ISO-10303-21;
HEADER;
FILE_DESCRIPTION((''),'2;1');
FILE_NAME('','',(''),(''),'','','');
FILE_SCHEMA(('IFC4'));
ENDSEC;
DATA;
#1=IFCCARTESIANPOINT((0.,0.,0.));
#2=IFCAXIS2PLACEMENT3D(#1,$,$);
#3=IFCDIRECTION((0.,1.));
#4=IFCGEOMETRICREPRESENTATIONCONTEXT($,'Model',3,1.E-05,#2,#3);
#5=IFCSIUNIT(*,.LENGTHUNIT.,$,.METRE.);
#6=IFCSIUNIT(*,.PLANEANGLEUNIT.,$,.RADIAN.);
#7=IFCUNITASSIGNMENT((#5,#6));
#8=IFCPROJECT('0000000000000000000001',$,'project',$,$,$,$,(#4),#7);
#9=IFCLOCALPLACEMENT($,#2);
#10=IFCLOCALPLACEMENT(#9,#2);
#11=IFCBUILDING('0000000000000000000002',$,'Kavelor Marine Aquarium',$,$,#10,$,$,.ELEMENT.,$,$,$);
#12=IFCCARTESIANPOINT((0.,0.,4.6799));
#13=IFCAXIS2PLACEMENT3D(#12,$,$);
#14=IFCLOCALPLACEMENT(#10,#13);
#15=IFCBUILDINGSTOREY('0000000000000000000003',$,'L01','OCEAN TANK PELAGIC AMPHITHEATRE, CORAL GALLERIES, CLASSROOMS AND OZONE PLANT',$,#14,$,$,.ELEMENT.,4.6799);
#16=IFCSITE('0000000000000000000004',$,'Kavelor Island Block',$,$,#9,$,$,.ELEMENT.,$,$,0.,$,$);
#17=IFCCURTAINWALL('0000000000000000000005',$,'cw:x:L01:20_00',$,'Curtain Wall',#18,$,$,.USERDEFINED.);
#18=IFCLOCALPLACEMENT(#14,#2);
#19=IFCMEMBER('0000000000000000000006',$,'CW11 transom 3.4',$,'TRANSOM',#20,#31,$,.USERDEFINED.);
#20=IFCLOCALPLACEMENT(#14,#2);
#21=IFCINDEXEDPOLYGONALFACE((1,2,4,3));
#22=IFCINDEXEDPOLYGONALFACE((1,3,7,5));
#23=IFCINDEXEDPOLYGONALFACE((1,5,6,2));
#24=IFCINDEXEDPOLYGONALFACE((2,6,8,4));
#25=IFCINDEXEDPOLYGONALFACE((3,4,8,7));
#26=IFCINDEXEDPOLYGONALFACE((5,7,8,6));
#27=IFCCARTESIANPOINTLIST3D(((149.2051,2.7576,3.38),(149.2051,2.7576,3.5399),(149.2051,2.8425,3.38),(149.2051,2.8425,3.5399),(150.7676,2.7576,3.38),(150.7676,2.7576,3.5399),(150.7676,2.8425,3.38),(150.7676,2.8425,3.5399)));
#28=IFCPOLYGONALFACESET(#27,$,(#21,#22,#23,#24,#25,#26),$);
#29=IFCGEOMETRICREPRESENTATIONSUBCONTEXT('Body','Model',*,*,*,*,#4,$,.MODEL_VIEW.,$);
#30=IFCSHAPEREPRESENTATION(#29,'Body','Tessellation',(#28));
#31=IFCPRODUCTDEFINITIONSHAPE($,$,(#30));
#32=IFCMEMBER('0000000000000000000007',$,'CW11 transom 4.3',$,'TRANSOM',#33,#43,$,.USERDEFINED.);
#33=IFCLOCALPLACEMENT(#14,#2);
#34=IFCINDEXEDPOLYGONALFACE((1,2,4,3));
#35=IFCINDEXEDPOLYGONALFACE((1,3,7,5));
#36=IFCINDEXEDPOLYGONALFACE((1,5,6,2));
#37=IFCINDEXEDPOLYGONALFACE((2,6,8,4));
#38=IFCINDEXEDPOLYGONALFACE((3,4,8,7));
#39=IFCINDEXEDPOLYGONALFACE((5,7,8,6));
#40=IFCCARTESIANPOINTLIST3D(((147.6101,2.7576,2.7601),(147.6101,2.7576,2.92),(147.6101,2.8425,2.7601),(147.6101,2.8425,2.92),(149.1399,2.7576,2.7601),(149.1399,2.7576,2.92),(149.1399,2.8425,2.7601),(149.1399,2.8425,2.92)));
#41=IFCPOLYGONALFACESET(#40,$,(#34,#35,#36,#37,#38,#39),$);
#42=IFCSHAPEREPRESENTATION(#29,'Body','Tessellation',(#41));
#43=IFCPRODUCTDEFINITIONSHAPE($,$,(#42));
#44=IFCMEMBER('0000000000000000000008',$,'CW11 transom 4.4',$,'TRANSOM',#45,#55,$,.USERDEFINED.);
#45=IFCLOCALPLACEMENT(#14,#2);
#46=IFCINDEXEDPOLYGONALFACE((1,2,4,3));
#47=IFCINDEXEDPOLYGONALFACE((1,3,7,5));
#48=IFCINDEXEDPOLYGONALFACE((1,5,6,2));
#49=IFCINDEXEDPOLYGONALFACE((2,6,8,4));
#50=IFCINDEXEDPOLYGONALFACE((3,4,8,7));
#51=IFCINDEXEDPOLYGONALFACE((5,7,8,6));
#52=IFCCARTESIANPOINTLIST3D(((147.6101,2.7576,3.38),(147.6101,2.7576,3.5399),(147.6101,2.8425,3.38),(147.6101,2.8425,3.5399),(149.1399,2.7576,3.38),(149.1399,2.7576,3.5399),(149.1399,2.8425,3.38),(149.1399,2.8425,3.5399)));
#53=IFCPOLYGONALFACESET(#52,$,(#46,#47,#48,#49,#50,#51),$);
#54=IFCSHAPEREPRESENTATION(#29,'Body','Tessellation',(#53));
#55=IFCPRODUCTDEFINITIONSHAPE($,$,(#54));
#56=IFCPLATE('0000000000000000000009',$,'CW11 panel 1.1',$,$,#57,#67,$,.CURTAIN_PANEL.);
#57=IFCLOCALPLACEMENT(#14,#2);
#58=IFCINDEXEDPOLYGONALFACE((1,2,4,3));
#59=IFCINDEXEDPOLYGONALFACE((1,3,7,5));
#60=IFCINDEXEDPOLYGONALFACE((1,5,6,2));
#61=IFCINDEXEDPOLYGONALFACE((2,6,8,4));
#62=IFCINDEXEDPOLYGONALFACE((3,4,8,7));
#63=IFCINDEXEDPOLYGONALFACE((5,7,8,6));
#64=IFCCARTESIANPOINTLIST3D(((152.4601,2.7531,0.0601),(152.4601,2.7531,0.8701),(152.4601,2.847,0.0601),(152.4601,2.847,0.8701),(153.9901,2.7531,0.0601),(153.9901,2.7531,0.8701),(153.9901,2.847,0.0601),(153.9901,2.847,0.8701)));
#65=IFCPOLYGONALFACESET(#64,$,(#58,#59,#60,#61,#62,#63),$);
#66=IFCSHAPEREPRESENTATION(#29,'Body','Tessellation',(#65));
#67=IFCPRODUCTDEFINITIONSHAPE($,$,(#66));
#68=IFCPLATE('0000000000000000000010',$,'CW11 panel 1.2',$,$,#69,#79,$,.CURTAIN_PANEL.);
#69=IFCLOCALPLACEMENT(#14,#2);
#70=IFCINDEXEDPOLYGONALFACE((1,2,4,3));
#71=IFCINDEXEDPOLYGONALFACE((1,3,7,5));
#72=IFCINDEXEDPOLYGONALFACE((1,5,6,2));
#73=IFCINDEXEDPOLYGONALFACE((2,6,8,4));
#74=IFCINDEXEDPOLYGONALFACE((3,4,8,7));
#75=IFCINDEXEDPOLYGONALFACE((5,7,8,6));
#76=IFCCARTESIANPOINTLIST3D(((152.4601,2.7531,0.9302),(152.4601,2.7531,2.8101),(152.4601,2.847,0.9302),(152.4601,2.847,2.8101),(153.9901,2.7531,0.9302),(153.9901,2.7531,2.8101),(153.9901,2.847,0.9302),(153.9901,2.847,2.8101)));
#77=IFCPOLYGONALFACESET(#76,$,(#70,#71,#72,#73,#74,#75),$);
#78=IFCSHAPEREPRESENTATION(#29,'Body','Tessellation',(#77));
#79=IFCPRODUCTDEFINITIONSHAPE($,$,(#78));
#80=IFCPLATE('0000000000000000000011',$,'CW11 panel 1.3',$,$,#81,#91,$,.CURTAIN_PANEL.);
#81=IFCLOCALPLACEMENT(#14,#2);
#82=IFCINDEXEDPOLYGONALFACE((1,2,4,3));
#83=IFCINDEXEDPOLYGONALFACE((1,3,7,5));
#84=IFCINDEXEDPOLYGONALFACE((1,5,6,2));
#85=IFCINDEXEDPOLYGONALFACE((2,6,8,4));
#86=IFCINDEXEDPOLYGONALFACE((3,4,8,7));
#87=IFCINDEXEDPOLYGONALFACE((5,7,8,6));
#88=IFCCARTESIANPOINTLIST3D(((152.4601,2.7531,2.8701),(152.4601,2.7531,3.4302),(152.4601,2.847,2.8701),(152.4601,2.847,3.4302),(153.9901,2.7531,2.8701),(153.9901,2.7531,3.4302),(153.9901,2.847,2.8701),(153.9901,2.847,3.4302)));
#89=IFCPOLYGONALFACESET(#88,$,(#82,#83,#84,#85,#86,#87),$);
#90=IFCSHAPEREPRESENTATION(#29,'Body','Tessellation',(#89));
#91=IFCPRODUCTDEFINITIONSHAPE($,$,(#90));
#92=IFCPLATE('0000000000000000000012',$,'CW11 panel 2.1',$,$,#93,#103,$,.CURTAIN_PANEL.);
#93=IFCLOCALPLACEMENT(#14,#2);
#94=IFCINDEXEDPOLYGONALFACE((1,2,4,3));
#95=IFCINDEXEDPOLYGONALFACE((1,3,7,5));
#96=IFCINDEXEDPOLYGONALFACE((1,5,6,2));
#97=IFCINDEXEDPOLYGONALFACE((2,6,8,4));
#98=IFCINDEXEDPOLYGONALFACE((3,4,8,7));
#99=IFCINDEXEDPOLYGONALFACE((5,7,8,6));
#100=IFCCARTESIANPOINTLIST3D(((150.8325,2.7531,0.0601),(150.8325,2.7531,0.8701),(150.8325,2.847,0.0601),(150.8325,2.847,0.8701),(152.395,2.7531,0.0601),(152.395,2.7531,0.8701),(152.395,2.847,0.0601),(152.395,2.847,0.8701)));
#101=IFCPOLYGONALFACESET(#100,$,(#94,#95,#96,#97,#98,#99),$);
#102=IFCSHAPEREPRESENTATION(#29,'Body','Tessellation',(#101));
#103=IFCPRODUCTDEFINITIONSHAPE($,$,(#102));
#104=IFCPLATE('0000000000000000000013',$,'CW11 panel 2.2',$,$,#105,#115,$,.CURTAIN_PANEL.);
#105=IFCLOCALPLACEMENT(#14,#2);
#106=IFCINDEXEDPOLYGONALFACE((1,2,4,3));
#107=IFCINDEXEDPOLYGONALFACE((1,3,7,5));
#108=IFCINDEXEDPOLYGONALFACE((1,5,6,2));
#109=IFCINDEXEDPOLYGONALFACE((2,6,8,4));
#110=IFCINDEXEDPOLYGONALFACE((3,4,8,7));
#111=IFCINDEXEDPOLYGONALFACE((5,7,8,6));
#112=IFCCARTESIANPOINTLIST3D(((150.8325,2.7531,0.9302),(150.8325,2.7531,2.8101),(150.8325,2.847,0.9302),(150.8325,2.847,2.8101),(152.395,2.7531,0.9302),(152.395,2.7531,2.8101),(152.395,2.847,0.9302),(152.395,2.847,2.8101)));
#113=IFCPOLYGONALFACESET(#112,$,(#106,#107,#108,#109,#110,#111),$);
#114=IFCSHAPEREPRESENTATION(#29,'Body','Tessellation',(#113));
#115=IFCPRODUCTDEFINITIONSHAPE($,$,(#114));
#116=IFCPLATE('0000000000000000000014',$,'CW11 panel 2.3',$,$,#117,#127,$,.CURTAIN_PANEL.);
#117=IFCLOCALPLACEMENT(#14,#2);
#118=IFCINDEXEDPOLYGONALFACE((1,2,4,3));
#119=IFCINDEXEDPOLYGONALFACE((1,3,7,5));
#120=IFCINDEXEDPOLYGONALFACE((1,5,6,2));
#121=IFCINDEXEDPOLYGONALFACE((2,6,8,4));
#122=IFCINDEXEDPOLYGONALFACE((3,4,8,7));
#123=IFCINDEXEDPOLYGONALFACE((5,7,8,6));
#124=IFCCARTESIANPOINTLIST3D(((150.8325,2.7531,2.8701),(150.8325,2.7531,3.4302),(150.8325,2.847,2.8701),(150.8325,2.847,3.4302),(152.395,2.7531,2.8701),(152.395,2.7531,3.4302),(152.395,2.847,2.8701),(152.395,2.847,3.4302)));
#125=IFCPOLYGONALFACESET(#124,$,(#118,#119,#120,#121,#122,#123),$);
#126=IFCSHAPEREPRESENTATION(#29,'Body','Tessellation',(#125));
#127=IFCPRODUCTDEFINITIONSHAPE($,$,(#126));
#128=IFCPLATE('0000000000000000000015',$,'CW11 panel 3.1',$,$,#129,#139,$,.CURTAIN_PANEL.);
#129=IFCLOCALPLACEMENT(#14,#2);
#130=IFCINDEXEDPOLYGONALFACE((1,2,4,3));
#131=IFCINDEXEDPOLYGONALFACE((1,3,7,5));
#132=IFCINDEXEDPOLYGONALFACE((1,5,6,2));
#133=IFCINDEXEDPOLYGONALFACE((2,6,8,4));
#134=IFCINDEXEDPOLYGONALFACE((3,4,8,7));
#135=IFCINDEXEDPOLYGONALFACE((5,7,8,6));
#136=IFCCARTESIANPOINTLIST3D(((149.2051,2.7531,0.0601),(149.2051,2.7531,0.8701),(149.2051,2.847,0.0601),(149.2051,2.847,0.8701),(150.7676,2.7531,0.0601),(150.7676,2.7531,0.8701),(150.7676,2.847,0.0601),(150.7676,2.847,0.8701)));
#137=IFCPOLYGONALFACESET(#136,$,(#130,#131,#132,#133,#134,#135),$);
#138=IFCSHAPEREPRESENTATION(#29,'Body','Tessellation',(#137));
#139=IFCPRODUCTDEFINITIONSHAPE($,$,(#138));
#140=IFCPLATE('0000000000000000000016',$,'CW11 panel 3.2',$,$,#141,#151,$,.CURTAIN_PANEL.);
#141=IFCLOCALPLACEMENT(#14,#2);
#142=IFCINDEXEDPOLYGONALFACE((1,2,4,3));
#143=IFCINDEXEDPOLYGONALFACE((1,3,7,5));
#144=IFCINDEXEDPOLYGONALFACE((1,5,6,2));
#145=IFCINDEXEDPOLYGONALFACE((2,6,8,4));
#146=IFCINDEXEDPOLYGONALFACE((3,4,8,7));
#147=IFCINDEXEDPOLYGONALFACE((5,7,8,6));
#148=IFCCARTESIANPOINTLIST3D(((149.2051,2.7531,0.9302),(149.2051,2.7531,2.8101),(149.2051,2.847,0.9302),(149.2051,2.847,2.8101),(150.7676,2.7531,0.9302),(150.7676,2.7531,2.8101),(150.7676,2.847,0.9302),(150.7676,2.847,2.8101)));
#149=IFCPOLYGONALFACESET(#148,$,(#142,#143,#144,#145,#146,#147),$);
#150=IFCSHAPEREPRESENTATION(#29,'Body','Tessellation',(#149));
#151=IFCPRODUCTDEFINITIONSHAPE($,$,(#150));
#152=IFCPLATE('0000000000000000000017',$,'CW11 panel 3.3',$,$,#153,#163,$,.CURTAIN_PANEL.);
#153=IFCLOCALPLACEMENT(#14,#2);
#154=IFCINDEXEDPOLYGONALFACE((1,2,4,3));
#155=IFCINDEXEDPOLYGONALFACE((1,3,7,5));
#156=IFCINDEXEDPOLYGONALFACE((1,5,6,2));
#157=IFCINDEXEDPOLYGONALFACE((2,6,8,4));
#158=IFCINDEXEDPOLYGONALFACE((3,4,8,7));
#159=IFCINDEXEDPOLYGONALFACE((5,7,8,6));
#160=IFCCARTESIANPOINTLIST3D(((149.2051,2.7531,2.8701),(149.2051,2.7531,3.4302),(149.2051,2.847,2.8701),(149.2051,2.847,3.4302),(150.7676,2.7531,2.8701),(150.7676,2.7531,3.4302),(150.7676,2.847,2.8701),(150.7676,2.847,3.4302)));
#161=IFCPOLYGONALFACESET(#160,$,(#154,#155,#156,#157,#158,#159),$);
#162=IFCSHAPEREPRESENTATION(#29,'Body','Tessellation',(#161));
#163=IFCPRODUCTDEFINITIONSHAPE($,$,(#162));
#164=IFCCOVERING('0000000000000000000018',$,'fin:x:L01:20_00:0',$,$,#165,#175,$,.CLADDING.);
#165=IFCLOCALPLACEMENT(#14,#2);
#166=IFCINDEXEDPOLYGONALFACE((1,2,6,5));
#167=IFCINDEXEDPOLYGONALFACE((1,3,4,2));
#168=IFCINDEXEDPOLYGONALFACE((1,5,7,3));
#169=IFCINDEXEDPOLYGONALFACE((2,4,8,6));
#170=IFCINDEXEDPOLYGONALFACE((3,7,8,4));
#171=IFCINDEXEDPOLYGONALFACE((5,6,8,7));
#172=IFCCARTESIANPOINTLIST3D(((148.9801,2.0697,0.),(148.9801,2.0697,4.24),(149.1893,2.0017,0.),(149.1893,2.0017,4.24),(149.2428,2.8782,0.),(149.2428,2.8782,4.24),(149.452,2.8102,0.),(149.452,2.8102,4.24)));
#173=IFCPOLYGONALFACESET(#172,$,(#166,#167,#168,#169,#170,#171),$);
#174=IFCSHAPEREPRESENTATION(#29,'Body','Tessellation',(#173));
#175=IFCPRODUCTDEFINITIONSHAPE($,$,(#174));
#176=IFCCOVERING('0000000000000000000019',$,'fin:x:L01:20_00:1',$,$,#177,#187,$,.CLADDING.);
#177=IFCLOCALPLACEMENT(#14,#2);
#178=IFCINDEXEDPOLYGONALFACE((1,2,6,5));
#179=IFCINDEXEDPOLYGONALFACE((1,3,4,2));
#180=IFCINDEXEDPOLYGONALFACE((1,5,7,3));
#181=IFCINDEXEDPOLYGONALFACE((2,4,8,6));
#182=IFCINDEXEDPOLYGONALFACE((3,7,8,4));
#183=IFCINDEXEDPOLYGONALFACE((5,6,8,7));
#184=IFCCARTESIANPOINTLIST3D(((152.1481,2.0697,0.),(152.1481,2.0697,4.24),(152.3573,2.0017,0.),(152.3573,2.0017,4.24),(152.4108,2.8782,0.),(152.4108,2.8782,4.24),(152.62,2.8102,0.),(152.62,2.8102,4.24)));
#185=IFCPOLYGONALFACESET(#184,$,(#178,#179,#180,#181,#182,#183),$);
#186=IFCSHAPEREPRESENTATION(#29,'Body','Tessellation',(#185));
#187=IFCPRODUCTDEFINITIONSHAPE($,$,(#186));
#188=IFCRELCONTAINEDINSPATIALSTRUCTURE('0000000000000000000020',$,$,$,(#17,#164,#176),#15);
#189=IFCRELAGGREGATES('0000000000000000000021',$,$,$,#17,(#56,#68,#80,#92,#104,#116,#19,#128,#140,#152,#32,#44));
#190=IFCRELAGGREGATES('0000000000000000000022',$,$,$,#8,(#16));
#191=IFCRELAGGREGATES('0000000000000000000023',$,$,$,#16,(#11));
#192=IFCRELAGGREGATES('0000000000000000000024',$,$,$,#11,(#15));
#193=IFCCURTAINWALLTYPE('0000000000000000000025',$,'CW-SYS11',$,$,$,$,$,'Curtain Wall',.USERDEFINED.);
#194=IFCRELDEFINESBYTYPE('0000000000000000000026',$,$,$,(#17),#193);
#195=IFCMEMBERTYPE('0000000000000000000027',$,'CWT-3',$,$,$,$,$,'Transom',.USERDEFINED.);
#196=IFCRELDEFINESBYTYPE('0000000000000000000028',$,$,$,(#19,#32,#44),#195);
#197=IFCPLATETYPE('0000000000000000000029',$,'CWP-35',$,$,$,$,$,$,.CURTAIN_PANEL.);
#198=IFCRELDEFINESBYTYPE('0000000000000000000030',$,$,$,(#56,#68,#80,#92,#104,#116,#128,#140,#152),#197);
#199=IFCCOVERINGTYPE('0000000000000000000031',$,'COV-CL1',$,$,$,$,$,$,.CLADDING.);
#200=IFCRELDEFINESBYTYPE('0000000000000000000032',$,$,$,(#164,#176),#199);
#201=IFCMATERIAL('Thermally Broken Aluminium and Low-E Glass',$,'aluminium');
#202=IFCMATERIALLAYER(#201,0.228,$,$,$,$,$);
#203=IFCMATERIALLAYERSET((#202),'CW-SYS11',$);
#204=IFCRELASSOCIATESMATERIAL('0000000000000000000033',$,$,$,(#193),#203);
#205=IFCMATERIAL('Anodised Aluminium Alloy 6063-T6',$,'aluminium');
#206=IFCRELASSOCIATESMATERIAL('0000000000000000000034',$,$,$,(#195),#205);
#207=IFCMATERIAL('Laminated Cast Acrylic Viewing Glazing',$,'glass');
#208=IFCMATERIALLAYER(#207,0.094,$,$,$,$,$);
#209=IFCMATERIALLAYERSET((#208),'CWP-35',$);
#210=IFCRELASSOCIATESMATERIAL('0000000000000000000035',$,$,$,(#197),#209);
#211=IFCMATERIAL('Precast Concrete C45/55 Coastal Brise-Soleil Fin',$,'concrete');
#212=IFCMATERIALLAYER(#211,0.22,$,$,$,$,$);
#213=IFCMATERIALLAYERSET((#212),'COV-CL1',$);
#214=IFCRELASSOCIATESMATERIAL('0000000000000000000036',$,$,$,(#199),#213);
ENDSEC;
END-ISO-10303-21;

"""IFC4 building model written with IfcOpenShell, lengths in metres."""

from ifc_helpers import new_model, si_unit, direction, frame, origin, origin_2d, place, context, subcontext, project, spatial, rectangle, extrude, material, layer, layer_set, material_profile, profile_set, type_object, element, aggregate, save


model = new_model("IFC4")

# Units and contexts
model_context = context("Model", 3, precision=1e-05, world=origin(), true_north=direction((0.0, 1.0)))
body_context = subcontext(model_context, "Body", "Model", "MODEL_VIEW")
ifc_project = project(units=[si_unit("LENGTHUNIT", "METRE"), si_unit("PLANEANGLEUNIT", "RADIAN")], contexts=[model_context])

# Site, building, storey
site_placement = place(None, origin())
site = spatial("IfcSite", under=ifc_project, at=site_placement, Name="Kavelor Island Block", CompositionType="ELEMENT", RefElevation=0.0)
building_placement = place(site_placement, origin())
building = spatial("IfcBuilding", under=site, at=building_placement, Name="Kavelor Marine Aquarium", CompositionType="ELEMENT")
storey_placement = place(building_placement, frame((0.0, 0.0, 4.6799)))
storey = spatial("IfcBuildingStorey", under=building, at=storey_placement, Name="L01", Description="OCEAN TANK PELAGIC AMPHITHEATRE, CORAL GALLERIES, CLASSROOMS AND OZONE PLANT", CompositionType="ELEMENT", Elevation=4.6799)

# Curtain wall, members, plates
ifc_material_1 = material(Name="Thermally Broken Aluminium and Low-E Glass", Category="aluminium")
ifc_layer_1 = layer(ifc_material_1, 0.228)
ifc_layer_set_1 = layer_set([ifc_layer_1], Name="CW-SYS11")
curtain_wall_type = type_object("IfcCurtainWallType", Name="CW-SYS11", ElementType="Curtain Wall", PredefinedType="USERDEFINED", material=ifc_layer_set_1)
curtain_wall_placement = place(storey_placement, origin())
curtain_wall = element("IfcCurtainWall", 1, at=curtain_wall_placement, inside=storey, type_object=curtain_wall_type, Name="cw:x:L01:20_00", ObjectType="Curtain Wall", PredefinedType="USERDEFINED")
ifc_material_2 = material(Name="Anodised Aluminium Alloy 6063-T6", Category="aluminium")
ifc_material_profile_1 = material_profile(ifc_material_2, rectangle(XDim=0.085, YDim=0.1599, at=origin_2d()), Name="CW-TRN 85x160")
ifc_profile_set_1 = profile_set([ifc_material_profile_1], Name="Anodised Aluminium Alloy 6063-T6")
member_type_1 = type_object("IfcMemberType", Name="CWT-3", ElementType="Transom", PredefinedType="USERDEFINED", material=ifc_profile_set_1)
member_1_placement = place(storey_placement, frame((150.7676, 2.8, 3.46), z_axis=(-1.0, 0.0, 0.0), x_axis=(0.0, -1.0, 0.0)))
member_1 = element("IfcMember", 2, at=member_1_placement, type_object=member_type_1, Name="CW11 transom 3.4", ObjectType="TRANSOM", PredefinedType="USERDEFINED", context=body_context, shape_type="SweptSolid", body=[
    extrude(rectangle(XDim=0.085, YDim=0.1599, at=origin_2d()), origin(), (0.0, 0.0, 1.0), 1.5625),
])
member_2_placement = place(storey_placement, frame((149.1399, 2.8, 2.8401), z_axis=(-1.0, 0.0, 0.0), x_axis=(0.0, -1.0, 0.0)))
member_2 = element("IfcMember", 3, at=member_2_placement, type_object=member_type_1, Name="CW11 transom 4.3", ObjectType="TRANSOM", PredefinedType="USERDEFINED", context=body_context, shape_type="SweptSolid", body=[
    extrude(rectangle(XDim=0.085, YDim=0.1599, at=origin_2d()), origin(), (0.0, 0.0, 1.0), 1.5298),
])
member_3_placement = place(storey_placement, frame((149.1399, 2.8, 3.46), z_axis=(-1.0, 0.0, 0.0), x_axis=(0.0, -1.0, 0.0)))
member_3 = element("IfcMember", 4, at=member_3_placement, type_object=member_type_1, Name="CW11 transom 4.4", ObjectType="TRANSOM", PredefinedType="USERDEFINED", context=body_context, shape_type="SweptSolid", body=[
    extrude(rectangle(XDim=0.085, YDim=0.1599, at=origin_2d()), origin(), (0.0, 0.0, 1.0), 1.5298),
])
ifc_material_3 = material(Name="Laminated Cast Acrylic Viewing Glazing", Category="glass")
ifc_layer_2 = layer(ifc_material_3, 0.094)
ifc_layer_set_2 = layer_set([ifc_layer_2], Name="CWP-35")
plate_type = type_object("IfcPlateType", Name="CWP-35", PredefinedType="CURTAIN_PANEL", material=ifc_layer_set_2)
plate_1_placement = place(storey_placement, frame((153.2251, 2.8, 0.0601), z_axis=(0.0, 0.0, 1.0), x_axis=(-1.0, 0.0, 0.0)))
plate_1 = element("IfcPlate", 5, at=plate_1_placement, type_object=plate_type, Name="CW11 panel 1.1", PredefinedType="CURTAIN_PANEL", context=body_context, shape_type="SweptSolid", body=[
    extrude(rectangle(XDim=1.53, YDim=0.094, at=origin_2d()), origin(), (0.0, 0.0, 1.0), 0.8101),
])
plate_2_placement = place(storey_placement, frame((153.2251, 2.8, 0.9302), z_axis=(0.0, 0.0, 1.0), x_axis=(-1.0, 0.0, 0.0)))
plate_2 = element("IfcPlate", 6, at=plate_2_placement, type_object=plate_type, Name="CW11 panel 1.2", PredefinedType="CURTAIN_PANEL", context=body_context, shape_type="SweptSolid", body=[
    extrude(rectangle(XDim=1.53, YDim=0.094, at=origin_2d()), origin(), (0.0, 0.0, 1.0), 1.8799),
])
plate_3_placement = place(storey_placement, frame((153.2251, 2.8, 2.8701), z_axis=(0.0, 0.0, 1.0), x_axis=(-1.0, 0.0, 0.0)))
plate_3 = element("IfcPlate", 7, at=plate_3_placement, type_object=plate_type, Name="CW11 panel 1.3", PredefinedType="CURTAIN_PANEL", context=body_context, shape_type="SweptSolid", body=[
    extrude(rectangle(XDim=1.53, YDim=0.094, at=origin_2d()), origin(), (0.0, 0.0, 1.0), 0.5601),
])
plate_4_placement = place(storey_placement, frame((151.6138, 2.8, 0.0601), z_axis=(0.0, 0.0, 1.0), x_axis=(-1.0, 0.0, 0.0)))
plate_4 = element("IfcPlate", 8, at=plate_4_placement, type_object=plate_type, Name="CW11 panel 2.1", PredefinedType="CURTAIN_PANEL", context=body_context, shape_type="SweptSolid", body=[
    extrude(rectangle(XDim=1.5625, YDim=0.094, at=origin_2d()), origin(), (0.0, 0.0, 1.0), 0.8101),
])
plate_5_placement = place(storey_placement, frame((151.6138, 2.8, 0.9302), z_axis=(0.0, 0.0, 1.0), x_axis=(-1.0, 0.0, 0.0)))
plate_5 = element("IfcPlate", 9, at=plate_5_placement, type_object=plate_type, Name="CW11 panel 2.2", PredefinedType="CURTAIN_PANEL", context=body_context, shape_type="SweptSolid", body=[
    extrude(rectangle(XDim=1.5625, YDim=0.094, at=origin_2d()), origin(), (0.0, 0.0, 1.0), 1.8799),
])
plate_6_placement = place(storey_placement, frame((151.6138, 2.8, 2.8701), z_axis=(0.0, 0.0, 1.0), x_axis=(-1.0, 0.0, 0.0)))
plate_6 = element("IfcPlate", 10, at=plate_6_placement, type_object=plate_type, Name="CW11 panel 2.3", PredefinedType="CURTAIN_PANEL", context=body_context, shape_type="SweptSolid", body=[
    extrude(rectangle(XDim=1.5625, YDim=0.094, at=origin_2d()), origin(), (0.0, 0.0, 1.0), 0.5601),
])
plate_7_placement = place(storey_placement, frame((149.9863, 2.8, 0.0601), z_axis=(0.0, 0.0, 1.0), x_axis=(-1.0, 0.0, 0.0)))
plate_7 = element("IfcPlate", 11, at=plate_7_placement, type_object=plate_type, Name="CW11 panel 3.1", PredefinedType="CURTAIN_PANEL", context=body_context, shape_type="SweptSolid", body=[
    extrude(rectangle(XDim=1.5625, YDim=0.094, at=origin_2d()), origin(), (0.0, 0.0, 1.0), 0.8101),
])
plate_8_placement = place(storey_placement, frame((149.9863, 2.8, 0.9302), z_axis=(0.0, 0.0, 1.0), x_axis=(-1.0, 0.0, 0.0)))
plate_8 = element("IfcPlate", 12, at=plate_8_placement, type_object=plate_type, Name="CW11 panel 3.2", PredefinedType="CURTAIN_PANEL", context=body_context, shape_type="SweptSolid", body=[
    extrude(rectangle(XDim=1.5625, YDim=0.094, at=origin_2d()), origin(), (0.0, 0.0, 1.0), 1.8799),
])
plate_9_placement = place(storey_placement, frame((149.9863, 2.8, 2.8701), z_axis=(0.0, 0.0, 1.0), x_axis=(-1.0, 0.0, 0.0)))
plate_9 = element("IfcPlate", 13, at=plate_9_placement, type_object=plate_type, Name="CW11 panel 3.3", PredefinedType="CURTAIN_PANEL", context=body_context, shape_type="SweptSolid", body=[
    extrude(rectangle(XDim=1.5625, YDim=0.094, at=origin_2d()), origin(), (0.0, 0.0, 1.0), 0.5601),
])
aggregate(curtain_wall, [plate_1, plate_2, plate_3, plate_4, plate_5, plate_6, member_1, plate_7, plate_8, plate_9, member_2, member_3])

# Coverings
ifc_material_4 = material(Name="Precast Concrete C45/55 Coastal Brise-Soleil Fin", Category="concrete")
ifc_layer_3 = layer(ifc_material_4, 0.22)
ifc_layer_set_3 = layer_set([ifc_layer_3], Name="COV-CL1")
covering_type = type_object("IfcCoveringType", Name="COV-CL1", PredefinedType="CLADDING", material=ifc_layer_set_3)
for number, where, z_axis, x_axis, name in (
    (14, (149.2161, 2.4399, 0.0), (0.0, 0.0, 1.0), (0.951057, -0.309017, 0.0), "fin:x:L01:20_00:0"),
    (15, (152.384, 2.4399, 0.0), (0.0, 0.0, 1.0), (0.951057, -0.309017, 0.0), "fin:x:L01:20_00:1"),
):
    element("IfcCovering", number, at=place(storey_placement, frame(where, z_axis=z_axis, x_axis=x_axis)), inside=storey, type_object=covering_type, Name=name, PredefinedType="CLADDING", context=body_context, shape_type="SweptSolid", body=[
        extrude(rectangle(XDim=0.22, YDim=0.8501, at=origin_2d()), origin(), (0.0, 0.0, 1.0), 4.24),
    ])

save(model, "model.ifc")
